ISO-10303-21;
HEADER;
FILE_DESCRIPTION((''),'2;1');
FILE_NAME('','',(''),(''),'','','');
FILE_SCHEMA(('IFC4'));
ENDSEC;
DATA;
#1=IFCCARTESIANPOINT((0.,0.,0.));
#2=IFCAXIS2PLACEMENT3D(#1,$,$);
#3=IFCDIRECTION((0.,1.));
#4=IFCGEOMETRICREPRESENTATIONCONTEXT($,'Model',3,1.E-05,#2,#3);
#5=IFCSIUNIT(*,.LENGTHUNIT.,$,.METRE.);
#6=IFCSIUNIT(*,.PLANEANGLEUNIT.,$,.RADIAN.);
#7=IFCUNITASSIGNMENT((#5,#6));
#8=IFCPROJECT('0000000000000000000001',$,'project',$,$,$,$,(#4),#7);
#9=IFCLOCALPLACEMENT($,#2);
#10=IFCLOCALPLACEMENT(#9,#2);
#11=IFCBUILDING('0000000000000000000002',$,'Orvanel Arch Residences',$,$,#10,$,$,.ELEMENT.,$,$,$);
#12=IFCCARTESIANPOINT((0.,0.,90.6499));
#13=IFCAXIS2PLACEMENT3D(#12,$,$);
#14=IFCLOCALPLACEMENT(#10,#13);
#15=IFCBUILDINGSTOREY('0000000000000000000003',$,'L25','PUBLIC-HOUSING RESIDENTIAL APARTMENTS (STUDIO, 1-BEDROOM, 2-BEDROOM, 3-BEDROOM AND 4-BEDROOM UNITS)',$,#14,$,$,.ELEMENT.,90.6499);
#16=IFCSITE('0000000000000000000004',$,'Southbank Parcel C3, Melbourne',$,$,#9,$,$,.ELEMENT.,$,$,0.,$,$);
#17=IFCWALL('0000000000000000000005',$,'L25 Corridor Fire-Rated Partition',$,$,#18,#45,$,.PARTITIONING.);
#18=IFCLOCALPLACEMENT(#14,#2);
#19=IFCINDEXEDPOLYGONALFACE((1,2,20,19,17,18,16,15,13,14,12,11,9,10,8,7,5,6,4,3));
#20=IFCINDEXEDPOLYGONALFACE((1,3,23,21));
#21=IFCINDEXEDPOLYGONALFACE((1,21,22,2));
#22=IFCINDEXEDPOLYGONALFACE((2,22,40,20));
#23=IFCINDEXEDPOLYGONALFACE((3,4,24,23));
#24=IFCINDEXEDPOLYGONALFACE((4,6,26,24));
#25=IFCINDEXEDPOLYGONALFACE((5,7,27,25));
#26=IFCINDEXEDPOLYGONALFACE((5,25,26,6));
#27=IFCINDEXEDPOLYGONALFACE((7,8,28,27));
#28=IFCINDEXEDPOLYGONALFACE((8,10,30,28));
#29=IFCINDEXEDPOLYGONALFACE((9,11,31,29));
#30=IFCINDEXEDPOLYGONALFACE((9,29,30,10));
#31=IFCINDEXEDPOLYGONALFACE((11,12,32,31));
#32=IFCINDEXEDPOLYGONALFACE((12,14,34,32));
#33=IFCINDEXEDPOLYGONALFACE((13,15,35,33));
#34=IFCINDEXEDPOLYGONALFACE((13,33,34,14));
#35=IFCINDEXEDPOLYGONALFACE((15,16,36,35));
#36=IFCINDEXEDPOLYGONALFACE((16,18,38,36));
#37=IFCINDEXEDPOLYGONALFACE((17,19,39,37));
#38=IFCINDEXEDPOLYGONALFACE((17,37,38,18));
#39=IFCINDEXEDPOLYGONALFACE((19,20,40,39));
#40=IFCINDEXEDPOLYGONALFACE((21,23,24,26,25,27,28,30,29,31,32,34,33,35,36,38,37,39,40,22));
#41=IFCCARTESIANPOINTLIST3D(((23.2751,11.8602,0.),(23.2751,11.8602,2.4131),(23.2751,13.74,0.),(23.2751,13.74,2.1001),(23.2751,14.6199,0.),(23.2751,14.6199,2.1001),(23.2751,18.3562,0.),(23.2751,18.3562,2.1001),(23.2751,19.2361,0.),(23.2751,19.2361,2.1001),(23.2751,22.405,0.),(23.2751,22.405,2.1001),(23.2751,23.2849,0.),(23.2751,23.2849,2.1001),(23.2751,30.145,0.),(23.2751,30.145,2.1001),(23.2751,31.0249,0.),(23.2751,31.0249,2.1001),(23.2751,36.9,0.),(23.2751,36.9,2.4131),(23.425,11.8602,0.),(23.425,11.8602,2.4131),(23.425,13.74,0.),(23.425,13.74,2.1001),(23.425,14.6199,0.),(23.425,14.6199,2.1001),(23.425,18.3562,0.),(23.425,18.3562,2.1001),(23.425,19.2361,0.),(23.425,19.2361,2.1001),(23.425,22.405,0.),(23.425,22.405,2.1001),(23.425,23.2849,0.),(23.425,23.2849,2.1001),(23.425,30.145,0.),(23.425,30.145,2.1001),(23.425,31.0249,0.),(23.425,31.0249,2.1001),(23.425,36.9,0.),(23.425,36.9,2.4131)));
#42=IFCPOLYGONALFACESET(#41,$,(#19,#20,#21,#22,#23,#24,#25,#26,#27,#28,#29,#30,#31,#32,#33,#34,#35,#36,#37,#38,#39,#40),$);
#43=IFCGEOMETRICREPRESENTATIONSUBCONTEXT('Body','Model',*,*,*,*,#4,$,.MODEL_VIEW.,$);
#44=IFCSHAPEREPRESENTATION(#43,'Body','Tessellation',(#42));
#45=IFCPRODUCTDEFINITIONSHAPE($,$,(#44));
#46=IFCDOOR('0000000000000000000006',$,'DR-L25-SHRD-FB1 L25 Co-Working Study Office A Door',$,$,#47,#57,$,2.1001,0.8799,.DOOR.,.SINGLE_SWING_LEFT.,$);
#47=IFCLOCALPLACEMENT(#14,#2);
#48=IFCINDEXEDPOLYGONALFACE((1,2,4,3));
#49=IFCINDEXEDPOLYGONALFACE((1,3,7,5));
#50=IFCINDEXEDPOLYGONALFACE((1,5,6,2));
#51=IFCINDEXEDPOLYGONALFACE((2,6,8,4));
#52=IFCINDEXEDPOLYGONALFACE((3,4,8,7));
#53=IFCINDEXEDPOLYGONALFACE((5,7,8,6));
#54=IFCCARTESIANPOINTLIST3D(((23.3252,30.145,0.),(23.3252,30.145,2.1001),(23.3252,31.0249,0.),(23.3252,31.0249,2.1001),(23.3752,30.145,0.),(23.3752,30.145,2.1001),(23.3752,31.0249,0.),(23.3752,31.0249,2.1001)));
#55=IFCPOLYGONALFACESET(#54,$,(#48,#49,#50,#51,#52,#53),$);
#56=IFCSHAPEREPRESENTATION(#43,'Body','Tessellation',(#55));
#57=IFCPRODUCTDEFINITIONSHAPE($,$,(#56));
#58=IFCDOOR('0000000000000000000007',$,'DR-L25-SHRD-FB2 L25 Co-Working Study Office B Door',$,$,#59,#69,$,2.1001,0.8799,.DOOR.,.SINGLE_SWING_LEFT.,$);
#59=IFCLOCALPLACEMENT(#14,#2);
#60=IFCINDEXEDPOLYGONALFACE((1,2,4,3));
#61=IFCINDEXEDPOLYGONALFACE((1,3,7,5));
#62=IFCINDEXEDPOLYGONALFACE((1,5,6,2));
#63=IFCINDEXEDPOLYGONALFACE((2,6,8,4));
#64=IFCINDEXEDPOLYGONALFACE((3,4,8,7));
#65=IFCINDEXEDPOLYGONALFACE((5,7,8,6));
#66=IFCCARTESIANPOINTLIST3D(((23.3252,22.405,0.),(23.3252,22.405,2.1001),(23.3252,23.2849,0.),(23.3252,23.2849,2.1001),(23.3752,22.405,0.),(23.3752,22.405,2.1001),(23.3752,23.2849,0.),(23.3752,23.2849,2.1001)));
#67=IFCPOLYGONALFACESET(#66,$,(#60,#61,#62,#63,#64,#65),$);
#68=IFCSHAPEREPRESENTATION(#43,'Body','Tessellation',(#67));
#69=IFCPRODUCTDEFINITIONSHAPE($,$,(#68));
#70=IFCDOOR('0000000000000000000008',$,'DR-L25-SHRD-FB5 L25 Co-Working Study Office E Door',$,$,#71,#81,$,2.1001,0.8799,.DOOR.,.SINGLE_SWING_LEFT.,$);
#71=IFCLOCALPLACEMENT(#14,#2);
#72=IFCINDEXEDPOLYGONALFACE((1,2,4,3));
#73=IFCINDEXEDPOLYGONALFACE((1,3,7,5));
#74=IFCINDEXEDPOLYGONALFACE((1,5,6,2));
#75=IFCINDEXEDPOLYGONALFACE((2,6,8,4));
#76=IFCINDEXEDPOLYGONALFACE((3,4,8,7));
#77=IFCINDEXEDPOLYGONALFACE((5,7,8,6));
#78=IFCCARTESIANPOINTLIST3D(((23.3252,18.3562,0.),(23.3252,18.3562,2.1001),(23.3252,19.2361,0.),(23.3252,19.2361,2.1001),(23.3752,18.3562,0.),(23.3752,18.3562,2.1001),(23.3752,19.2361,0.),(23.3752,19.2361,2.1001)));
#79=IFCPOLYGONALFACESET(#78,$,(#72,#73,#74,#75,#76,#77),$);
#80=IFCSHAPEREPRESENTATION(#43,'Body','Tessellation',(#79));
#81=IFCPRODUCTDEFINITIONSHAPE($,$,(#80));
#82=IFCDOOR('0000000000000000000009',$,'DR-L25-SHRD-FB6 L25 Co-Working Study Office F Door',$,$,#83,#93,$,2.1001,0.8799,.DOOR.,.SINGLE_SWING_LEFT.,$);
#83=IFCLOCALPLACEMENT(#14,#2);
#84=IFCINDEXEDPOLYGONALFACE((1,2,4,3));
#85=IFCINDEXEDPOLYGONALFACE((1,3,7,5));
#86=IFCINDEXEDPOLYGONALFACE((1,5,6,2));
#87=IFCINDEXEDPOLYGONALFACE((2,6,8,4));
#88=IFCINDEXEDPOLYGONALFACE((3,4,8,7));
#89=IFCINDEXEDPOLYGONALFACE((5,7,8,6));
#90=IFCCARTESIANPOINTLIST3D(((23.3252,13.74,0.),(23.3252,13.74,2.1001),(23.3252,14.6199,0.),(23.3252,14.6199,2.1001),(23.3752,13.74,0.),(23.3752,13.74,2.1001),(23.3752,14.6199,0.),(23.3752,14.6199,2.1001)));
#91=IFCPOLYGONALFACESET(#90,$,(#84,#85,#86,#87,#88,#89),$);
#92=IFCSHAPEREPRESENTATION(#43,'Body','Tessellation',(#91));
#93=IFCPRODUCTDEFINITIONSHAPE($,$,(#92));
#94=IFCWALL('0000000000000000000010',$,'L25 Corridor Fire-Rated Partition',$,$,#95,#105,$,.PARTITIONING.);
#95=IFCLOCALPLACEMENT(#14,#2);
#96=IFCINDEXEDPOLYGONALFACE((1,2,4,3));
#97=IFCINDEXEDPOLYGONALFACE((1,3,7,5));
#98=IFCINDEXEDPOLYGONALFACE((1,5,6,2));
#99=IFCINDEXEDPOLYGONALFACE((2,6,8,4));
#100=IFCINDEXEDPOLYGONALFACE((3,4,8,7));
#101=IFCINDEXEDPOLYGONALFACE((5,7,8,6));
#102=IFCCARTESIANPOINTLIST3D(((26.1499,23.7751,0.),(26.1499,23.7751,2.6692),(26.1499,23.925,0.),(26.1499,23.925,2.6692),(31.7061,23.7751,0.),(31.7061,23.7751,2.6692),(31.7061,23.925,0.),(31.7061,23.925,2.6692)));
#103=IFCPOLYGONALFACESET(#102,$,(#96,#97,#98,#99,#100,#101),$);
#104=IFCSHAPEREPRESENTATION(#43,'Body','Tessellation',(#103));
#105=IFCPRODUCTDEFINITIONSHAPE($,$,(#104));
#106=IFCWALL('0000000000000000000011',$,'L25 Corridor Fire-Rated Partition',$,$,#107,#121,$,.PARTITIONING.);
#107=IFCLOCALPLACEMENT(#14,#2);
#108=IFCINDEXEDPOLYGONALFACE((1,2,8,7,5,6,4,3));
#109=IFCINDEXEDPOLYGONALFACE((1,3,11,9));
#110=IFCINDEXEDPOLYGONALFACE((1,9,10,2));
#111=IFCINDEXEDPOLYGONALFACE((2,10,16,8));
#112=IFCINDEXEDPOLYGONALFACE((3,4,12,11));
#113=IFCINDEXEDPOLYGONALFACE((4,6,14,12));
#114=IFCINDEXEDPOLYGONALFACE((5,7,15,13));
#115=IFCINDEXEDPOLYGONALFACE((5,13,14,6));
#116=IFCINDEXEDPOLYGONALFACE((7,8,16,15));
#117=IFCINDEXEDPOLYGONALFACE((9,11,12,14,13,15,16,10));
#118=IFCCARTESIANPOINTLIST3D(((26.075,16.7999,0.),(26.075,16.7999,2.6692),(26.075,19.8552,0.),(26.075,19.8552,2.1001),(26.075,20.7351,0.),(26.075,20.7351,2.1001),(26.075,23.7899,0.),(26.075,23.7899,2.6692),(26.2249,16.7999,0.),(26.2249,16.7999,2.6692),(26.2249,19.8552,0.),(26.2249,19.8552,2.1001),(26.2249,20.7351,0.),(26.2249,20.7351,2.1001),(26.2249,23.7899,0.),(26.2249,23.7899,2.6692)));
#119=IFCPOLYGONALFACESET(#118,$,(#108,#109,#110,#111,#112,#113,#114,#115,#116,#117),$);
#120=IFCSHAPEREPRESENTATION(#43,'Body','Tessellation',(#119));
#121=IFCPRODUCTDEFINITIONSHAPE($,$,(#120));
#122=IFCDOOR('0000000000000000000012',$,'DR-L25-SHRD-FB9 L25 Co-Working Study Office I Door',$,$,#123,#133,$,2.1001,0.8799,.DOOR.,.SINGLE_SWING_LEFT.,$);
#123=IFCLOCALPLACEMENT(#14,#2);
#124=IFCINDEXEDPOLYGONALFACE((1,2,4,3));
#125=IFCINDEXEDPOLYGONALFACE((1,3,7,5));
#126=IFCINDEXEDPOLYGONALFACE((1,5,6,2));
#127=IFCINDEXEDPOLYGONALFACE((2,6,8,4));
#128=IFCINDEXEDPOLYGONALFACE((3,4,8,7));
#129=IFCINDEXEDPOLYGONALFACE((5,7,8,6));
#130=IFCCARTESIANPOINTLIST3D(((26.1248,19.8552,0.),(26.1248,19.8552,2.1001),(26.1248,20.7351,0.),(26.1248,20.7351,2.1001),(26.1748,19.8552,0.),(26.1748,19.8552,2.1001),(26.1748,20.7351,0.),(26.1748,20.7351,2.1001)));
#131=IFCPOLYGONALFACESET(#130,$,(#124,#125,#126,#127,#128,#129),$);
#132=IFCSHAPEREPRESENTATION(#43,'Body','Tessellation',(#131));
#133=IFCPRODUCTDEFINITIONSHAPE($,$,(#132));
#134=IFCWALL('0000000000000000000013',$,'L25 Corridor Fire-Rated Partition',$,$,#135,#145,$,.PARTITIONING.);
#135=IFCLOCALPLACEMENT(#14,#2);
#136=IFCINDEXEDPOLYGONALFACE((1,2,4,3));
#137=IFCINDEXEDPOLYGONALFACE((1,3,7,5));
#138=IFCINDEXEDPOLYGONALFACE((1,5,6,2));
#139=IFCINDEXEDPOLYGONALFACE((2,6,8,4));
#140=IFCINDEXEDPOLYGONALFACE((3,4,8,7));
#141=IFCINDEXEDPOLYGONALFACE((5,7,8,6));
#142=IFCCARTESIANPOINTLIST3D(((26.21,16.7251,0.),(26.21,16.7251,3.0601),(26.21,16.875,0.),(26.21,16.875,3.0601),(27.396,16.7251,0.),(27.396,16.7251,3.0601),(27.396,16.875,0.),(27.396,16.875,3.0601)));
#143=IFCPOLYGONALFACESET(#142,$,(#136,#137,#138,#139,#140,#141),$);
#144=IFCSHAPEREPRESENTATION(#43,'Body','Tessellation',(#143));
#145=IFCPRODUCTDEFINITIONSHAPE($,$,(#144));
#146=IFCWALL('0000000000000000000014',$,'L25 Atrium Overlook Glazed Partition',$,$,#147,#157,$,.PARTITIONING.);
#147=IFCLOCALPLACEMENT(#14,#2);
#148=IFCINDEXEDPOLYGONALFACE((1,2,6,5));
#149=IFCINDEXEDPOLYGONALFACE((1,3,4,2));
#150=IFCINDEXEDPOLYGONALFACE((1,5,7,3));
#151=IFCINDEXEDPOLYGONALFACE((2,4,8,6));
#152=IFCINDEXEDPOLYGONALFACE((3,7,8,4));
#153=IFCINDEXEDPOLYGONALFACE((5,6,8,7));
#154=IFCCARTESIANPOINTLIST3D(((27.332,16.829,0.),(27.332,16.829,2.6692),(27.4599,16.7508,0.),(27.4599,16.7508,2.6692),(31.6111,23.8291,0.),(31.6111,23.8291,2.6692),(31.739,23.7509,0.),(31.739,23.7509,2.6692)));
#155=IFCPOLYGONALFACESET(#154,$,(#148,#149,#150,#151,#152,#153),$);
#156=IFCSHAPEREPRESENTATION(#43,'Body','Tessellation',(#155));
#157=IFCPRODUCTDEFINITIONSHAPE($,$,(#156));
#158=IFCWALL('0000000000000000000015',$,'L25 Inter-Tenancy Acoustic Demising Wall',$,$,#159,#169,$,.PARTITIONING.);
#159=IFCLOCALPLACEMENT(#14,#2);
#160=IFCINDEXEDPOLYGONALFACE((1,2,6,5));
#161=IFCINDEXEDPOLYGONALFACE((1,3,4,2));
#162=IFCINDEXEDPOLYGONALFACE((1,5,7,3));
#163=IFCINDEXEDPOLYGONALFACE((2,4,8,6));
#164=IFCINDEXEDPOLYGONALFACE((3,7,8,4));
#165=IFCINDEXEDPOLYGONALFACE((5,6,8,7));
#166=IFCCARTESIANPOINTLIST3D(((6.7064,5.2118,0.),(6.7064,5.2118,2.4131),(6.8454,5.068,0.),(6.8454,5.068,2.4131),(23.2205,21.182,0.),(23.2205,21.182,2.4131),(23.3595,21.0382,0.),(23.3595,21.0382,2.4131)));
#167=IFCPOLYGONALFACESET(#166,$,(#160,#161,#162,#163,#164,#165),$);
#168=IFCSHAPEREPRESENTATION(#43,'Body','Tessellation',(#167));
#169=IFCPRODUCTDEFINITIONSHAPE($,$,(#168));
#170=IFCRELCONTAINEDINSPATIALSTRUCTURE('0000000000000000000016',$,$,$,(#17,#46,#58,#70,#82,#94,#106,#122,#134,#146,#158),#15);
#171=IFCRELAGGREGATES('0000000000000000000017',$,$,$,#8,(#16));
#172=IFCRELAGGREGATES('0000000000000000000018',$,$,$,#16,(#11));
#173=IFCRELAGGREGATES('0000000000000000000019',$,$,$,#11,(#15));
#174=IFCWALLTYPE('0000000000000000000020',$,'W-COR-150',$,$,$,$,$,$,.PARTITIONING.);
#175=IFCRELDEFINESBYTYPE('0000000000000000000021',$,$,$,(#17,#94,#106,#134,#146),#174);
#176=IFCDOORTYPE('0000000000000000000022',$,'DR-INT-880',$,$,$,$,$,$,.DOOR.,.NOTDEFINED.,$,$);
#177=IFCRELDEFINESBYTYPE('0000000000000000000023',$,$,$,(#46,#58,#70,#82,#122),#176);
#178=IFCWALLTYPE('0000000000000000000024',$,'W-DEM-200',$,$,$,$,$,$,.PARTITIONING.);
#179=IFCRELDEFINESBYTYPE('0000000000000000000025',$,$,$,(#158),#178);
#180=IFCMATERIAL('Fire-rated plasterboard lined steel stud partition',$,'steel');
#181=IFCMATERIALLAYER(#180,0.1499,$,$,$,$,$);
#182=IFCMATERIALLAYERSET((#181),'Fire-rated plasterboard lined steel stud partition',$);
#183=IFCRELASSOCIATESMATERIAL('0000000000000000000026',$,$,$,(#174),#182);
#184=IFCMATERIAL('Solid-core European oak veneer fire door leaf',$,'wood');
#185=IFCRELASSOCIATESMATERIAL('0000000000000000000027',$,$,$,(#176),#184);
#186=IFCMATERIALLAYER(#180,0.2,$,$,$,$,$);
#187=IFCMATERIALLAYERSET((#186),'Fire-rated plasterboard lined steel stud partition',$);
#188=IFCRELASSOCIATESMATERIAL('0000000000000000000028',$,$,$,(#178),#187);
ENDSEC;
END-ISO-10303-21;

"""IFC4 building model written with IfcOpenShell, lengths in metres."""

from ifc_helpers import new_model, si_unit, direction, frame, frame_2d, origin, place, context, subcontext, project, spatial, rectangle, extrude, material, layer, layer_set, type_object, element, fill, save


model = new_model("IFC4")

# Units and contexts
model_context = context("Model", 3, precision=1e-05, world=origin(), true_north=direction((0.0, 1.0)))
body_context = subcontext(model_context, "Body", "Model", "MODEL_VIEW")
ifc_project = project(units=[si_unit("LENGTHUNIT", "METRE"), si_unit("PLANEANGLEUNIT", "RADIAN")], contexts=[model_context])

# Site, building, storey
site_placement = place(None, origin())
site = spatial("IfcSite", under=ifc_project, at=site_placement, Name="Southbank Parcel C3, Melbourne", CompositionType="ELEMENT", RefElevation=0.0)
building_placement = place(site_placement, origin())
building = spatial("IfcBuilding", under=site, at=building_placement, Name="Orvanel Arch Residences", CompositionType="ELEMENT")
storey_placement = place(building_placement, frame((0.0, 0.0, 90.6499)))
storey = spatial("IfcBuildingStorey", under=building, at=storey_placement, Name="L25", Description="PUBLIC-HOUSING RESIDENTIAL APARTMENTS (STUDIO, 1-BEDROOM, 2-BEDROOM, 3-BEDROOM AND 4-BEDROOM UNITS)", CompositionType="ELEMENT", Elevation=90.6499)

# Wall, openings, doors
ifc_material_1 = material(Name="Fire-rated plasterboard lined steel stud partition", Category="steel")
ifc_layer_1 = layer(ifc_material_1, 0.1499)
ifc_layer_set_1 = layer_set([ifc_layer_1], Name="Fire-rated plasterboard lined steel stud partition")
wall_type_1 = type_object("IfcWallType", Name="W-COR-150", PredefinedType="PARTITIONING", material=ifc_layer_set_1)
wall_1_placement = place(storey_placement, frame((23.3501, 11.8601, 0.0), z_axis=(0.0, 0.0, 1.0), x_axis=(0.0, 1.0, 0.0)))
wall_1 = element("IfcWall", 1, at=wall_1_placement, inside=storey, type_object=wall_type_1, Name="L25 Corridor Fire-Rated Partition", PredefinedType="PARTITIONING", context=body_context, shape_type="SweptSolid", body=[
    extrude(rectangle(XDim=25.0398, YDim=0.1499, at=frame_2d((12.52, 0.0))), origin(), (0.0, 0.0, 1.0), 2.4131),
])
opening_1_placement = place(wall_1_placement, frame((18.2849, 0.0, 0.0)))
opening_1 = element("IfcOpeningElement", 2, at=opening_1_placement, cuts=wall_1, PredefinedType="OPENING", context=body_context, shape_type="SweptSolid", body=[
    extrude(rectangle(XDim=0.8799, YDim=2.1001, at=frame_2d((0.4399, 1.05))), frame((0.0, 0.085, 0.0), z_axis=(0.0, -1.0, 0.0), x_axis=(1.0, 0.0, 0.0)), (0.0, 0.0, 1.0), 0.1699),
])
opening_2_placement = place(wall_1_placement, frame((10.5449, 0.0, 0.0)))
opening_2 = element("IfcOpeningElement", 3, at=opening_2_placement, cuts=wall_1, PredefinedType="OPENING", context=body_context, shape_type="SweptSolid", body=[
    extrude(rectangle(XDim=0.8799, YDim=2.1001, at=frame_2d((0.4399, 1.05))), frame((0.0, 0.085, 0.0), z_axis=(0.0, -1.0, 0.0), x_axis=(1.0, 0.0, 0.0)), (0.0, 0.0, 1.0), 0.1699),
])
opening_3_placement = place(wall_1_placement, frame((6.4961, 0.0, 0.0)))
opening_3 = element("IfcOpeningElement", 4, at=opening_3_placement, cuts=wall_1, PredefinedType="OPENING", context=body_context, shape_type="SweptSolid", body=[
    extrude(rectangle(XDim=0.8799, YDim=2.1001, at=frame_2d((0.4399, 1.05))), frame((0.0, 0.085, 0.0), z_axis=(0.0, -1.0, 0.0), x_axis=(1.0, 0.0, 0.0)), (0.0, 0.0, 1.0), 0.1699),
])
opening_4_placement = place(wall_1_placement, frame((1.8799, 0.0, 0.0)))
opening_4 = element("IfcOpeningElement", 5, at=opening_4_placement, cuts=wall_1, PredefinedType="OPENING", context=body_context, shape_type="SweptSolid", body=[
    extrude(rectangle(XDim=0.8799, YDim=2.1001, at=frame_2d((0.4399, 1.05))), frame((0.0, 0.085, 0.0), z_axis=(0.0, -1.0, 0.0), x_axis=(1.0, 0.0, 0.0)), (0.0, 0.0, 1.0), 0.1699),
])
ifc_material_2 = material(Name="Solid-core European oak veneer fire door leaf", Category="wood")
door_type_1 = type_object("IfcDoorType", Name="DR-INT-880", OperationType="NOTDEFINED", PredefinedType="DOOR", material=ifc_material_2)
door_1_placement = place(opening_1_placement, origin())
door_1 = element("IfcDoor", 6, at=door_1_placement, inside=storey, type_object=door_type_1, Name="DR-L25-SHRD-FB1 L25 Co-Working Study Office A Door", OperationType="SINGLE_SWING_LEFT", OverallHeight=2.1001, OverallWidth=0.8799, PredefinedType="DOOR", context=body_context, shape_type="SweptSolid", body=[
    extrude(rectangle(XDim=0.8799, YDim=2.1001, at=frame_2d((0.4399, 1.05))), frame((0.0, 0.0249, 0.0), z_axis=(0.0, -1.0, 0.0), x_axis=(1.0, 0.0, 0.0)), (0.0, 0.0, 1.0), 0.05),
])
fill(opening_1, door_1)
door_2_placement = place(opening_2_placement, origin())
door_2 = element("IfcDoor", 7, at=door_2_placement, inside=storey, type_object=door_type_1, Name="DR-L25-SHRD-FB2 L25 Co-Working Study Office B Door", OperationType="SINGLE_SWING_LEFT", OverallHeight=2.1001, OverallWidth=0.8799, PredefinedType="DOOR", context=body_context, shape_type="SweptSolid", body=[
    extrude(rectangle(XDim=0.8799, YDim=2.1001, at=frame_2d((0.4399, 1.05))), frame((0.0, 0.0249, 0.0), z_axis=(0.0, -1.0, 0.0), x_axis=(1.0, 0.0, 0.0)), (0.0, 0.0, 1.0), 0.05),
])
fill(opening_2, door_2)
door_3_placement = place(opening_3_placement, origin())
door_3 = element("IfcDoor", 8, at=door_3_placement, inside=storey, type_object=door_type_1, Name="DR-L25-SHRD-FB5 L25 Co-Working Study Office E Door", OperationType="SINGLE_SWING_LEFT", OverallHeight=2.1001, OverallWidth=0.8799, PredefinedType="DOOR", context=body_context, shape_type="SweptSolid", body=[
    extrude(rectangle(XDim=0.8799, YDim=2.1001, at=frame_2d((0.4399, 1.05))), frame((0.0, 0.0249, 0.0), z_axis=(0.0, -1.0, 0.0), x_axis=(1.0, 0.0, 0.0)), (0.0, 0.0, 1.0), 0.05),
])
fill(opening_3, door_3)
door_4_placement = place(opening_4_placement, origin())
door_4 = element("IfcDoor", 9, at=door_4_placement, inside=storey, type_object=door_type_1, Name="DR-L25-SHRD-FB6 L25 Co-Working Study Office F Door", OperationType="SINGLE_SWING_LEFT", OverallHeight=2.1001, OverallWidth=0.8799, PredefinedType="DOOR", context=body_context, shape_type="SweptSolid", body=[
    extrude(rectangle(XDim=0.8799, YDim=2.1001, at=frame_2d((0.4399, 1.05))), frame((0.0, 0.0249, 0.0), z_axis=(0.0, -1.0, 0.0), x_axis=(1.0, 0.0, 0.0)), (0.0, 0.0, 1.0), 0.05),
])
fill(opening_4, door_4)

# Wall
wall_2_placement = place(storey_placement, frame((31.7061, 23.8501, 0.0), z_axis=(0.0, 0.0, 1.0), x_axis=(-1.0, 0.0, 0.0)))
element("IfcWall", 10, at=wall_2_placement, inside=storey, type_object=wall_type_1, Name="L25 Corridor Fire-Rated Partition", PredefinedType="PARTITIONING", context=body_context, shape_type="SweptSolid", body=[
    extrude(rectangle(XDim=5.5562, YDim=0.1499, at=frame_2d((2.7781, 0.0))), origin(), (0.0, 0.0, 1.0), 2.6692),
])

# Wall, opening, door
wall_3_placement = place(storey_placement, frame((26.1499, 23.79, 0.0), z_axis=(0.0, 0.0, 1.0), x_axis=(0.0, -1.0, 0.0)))
wall_3 = element("IfcWall", 11, at=wall_3_placement, inside=storey, type_object=wall_type_1, Name="L25 Corridor Fire-Rated Partition", PredefinedType="PARTITIONING", context=body_context, shape_type="SweptSolid", body=[
    extrude(rectangle(XDim=6.99, YDim=0.1499, at=frame_2d((3.4951, 0.0))), origin(), (0.0, 0.0, 1.0), 2.6692),
])
opening_5_placement = place(wall_3_placement, frame((3.0549, 0.0, 0.0)))
opening_5 = element("IfcOpeningElement", 12, at=opening_5_placement, cuts=wall_3, PredefinedType="OPENING", context=body_context, shape_type="SweptSolid", body=[
    extrude(rectangle(XDim=0.8799, YDim=2.1001, at=frame_2d((0.4399, 1.05))), frame((0.0, 0.085, 0.0), z_axis=(0.0, -1.0, 0.0), x_axis=(1.0, 0.0, 0.0)), (0.0, 0.0, 1.0), 0.1699),
])
door_5_placement = place(opening_5_placement, origin())
door_5 = element("IfcDoor", 13, at=door_5_placement, inside=storey, type_object=door_type_1, Name="DR-L25-SHRD-FB9 L25 Co-Working Study Office I Door", OperationType="SINGLE_SWING_LEFT", OverallHeight=2.1001, OverallWidth=0.8799, PredefinedType="DOOR", context=body_context, shape_type="SweptSolid", body=[
    extrude(rectangle(XDim=0.8799, YDim=2.1001, at=frame_2d((0.4399, 1.05))), frame((0.0, 0.0249, 0.0), z_axis=(0.0, -1.0, 0.0), x_axis=(1.0, 0.0, 0.0)), (0.0, 0.0, 1.0), 0.05),
])
fill(opening_5, door_5)

# Walls
wall_4_placement = place(storey_placement, frame((26.21, 16.8, 0.0), z_axis=(0.0, 0.0, 1.0), x_axis=(1.0, 0.0, 0.0)))
element("IfcWall", 14, at=wall_4_placement, inside=storey, type_object=wall_type_1, Name="L25 Corridor Fire-Rated Partition", PredefinedType="PARTITIONING", context=body_context, shape_type="SweptSolid", body=[
    extrude(rectangle(XDim=1.186, YDim=0.1499, at=frame_2d((0.593, 0.0))), origin(), (0.0, 0.0, 1.0), 3.0601),
])
wall_5_placement = place(storey_placement, frame((27.396, 16.79, 0.0), z_axis=(0.0, 0.0, 1.0), x_axis=(0.521563, 0.853213, 0.0)))
element("IfcWall", 15, at=wall_5_placement, inside=storey, type_object=wall_type_1, Name="L25 Atrium Overlook Glazed Partition", PredefinedType="PARTITIONING", context=body_context, shape_type="SweptSolid", body=[
    extrude(rectangle(XDim=8.2043, YDim=0.1499, at=frame_2d((4.1021, 0.0))), origin(), (0.0, 0.0, 1.0), 2.6692),
])
ifc_layer_2 = layer(ifc_material_1, 0.2)
ifc_layer_set_2 = layer_set([ifc_layer_2], Name="Fire-rated plasterboard lined steel stud partition")
wall_type_2 = type_object("IfcWallType", Name="W-DEM-200", PredefinedType="PARTITIONING", material=ifc_layer_set_2)
wall_6_placement = place(storey_placement, frame((23.29, 21.1101, 0.0), z_axis=(0.0, 0.0, 1.0), x_axis=(-0.718846, -0.695169, 0.0)))
element("IfcWall", 16, at=wall_6_placement, inside=storey, type_object=wall_type_2, Name="L25 Inter-Tenancy Acoustic Demising Wall", PredefinedType="PARTITIONING", context=body_context, shape_type="SweptSolid", body=[
    extrude(rectangle(XDim=22.9731, YDim=0.2, at=frame_2d((11.4866, 0.0))), origin(), (0.0, 0.0, 1.0), 2.4131),
])

save(model, "model.ifc")
